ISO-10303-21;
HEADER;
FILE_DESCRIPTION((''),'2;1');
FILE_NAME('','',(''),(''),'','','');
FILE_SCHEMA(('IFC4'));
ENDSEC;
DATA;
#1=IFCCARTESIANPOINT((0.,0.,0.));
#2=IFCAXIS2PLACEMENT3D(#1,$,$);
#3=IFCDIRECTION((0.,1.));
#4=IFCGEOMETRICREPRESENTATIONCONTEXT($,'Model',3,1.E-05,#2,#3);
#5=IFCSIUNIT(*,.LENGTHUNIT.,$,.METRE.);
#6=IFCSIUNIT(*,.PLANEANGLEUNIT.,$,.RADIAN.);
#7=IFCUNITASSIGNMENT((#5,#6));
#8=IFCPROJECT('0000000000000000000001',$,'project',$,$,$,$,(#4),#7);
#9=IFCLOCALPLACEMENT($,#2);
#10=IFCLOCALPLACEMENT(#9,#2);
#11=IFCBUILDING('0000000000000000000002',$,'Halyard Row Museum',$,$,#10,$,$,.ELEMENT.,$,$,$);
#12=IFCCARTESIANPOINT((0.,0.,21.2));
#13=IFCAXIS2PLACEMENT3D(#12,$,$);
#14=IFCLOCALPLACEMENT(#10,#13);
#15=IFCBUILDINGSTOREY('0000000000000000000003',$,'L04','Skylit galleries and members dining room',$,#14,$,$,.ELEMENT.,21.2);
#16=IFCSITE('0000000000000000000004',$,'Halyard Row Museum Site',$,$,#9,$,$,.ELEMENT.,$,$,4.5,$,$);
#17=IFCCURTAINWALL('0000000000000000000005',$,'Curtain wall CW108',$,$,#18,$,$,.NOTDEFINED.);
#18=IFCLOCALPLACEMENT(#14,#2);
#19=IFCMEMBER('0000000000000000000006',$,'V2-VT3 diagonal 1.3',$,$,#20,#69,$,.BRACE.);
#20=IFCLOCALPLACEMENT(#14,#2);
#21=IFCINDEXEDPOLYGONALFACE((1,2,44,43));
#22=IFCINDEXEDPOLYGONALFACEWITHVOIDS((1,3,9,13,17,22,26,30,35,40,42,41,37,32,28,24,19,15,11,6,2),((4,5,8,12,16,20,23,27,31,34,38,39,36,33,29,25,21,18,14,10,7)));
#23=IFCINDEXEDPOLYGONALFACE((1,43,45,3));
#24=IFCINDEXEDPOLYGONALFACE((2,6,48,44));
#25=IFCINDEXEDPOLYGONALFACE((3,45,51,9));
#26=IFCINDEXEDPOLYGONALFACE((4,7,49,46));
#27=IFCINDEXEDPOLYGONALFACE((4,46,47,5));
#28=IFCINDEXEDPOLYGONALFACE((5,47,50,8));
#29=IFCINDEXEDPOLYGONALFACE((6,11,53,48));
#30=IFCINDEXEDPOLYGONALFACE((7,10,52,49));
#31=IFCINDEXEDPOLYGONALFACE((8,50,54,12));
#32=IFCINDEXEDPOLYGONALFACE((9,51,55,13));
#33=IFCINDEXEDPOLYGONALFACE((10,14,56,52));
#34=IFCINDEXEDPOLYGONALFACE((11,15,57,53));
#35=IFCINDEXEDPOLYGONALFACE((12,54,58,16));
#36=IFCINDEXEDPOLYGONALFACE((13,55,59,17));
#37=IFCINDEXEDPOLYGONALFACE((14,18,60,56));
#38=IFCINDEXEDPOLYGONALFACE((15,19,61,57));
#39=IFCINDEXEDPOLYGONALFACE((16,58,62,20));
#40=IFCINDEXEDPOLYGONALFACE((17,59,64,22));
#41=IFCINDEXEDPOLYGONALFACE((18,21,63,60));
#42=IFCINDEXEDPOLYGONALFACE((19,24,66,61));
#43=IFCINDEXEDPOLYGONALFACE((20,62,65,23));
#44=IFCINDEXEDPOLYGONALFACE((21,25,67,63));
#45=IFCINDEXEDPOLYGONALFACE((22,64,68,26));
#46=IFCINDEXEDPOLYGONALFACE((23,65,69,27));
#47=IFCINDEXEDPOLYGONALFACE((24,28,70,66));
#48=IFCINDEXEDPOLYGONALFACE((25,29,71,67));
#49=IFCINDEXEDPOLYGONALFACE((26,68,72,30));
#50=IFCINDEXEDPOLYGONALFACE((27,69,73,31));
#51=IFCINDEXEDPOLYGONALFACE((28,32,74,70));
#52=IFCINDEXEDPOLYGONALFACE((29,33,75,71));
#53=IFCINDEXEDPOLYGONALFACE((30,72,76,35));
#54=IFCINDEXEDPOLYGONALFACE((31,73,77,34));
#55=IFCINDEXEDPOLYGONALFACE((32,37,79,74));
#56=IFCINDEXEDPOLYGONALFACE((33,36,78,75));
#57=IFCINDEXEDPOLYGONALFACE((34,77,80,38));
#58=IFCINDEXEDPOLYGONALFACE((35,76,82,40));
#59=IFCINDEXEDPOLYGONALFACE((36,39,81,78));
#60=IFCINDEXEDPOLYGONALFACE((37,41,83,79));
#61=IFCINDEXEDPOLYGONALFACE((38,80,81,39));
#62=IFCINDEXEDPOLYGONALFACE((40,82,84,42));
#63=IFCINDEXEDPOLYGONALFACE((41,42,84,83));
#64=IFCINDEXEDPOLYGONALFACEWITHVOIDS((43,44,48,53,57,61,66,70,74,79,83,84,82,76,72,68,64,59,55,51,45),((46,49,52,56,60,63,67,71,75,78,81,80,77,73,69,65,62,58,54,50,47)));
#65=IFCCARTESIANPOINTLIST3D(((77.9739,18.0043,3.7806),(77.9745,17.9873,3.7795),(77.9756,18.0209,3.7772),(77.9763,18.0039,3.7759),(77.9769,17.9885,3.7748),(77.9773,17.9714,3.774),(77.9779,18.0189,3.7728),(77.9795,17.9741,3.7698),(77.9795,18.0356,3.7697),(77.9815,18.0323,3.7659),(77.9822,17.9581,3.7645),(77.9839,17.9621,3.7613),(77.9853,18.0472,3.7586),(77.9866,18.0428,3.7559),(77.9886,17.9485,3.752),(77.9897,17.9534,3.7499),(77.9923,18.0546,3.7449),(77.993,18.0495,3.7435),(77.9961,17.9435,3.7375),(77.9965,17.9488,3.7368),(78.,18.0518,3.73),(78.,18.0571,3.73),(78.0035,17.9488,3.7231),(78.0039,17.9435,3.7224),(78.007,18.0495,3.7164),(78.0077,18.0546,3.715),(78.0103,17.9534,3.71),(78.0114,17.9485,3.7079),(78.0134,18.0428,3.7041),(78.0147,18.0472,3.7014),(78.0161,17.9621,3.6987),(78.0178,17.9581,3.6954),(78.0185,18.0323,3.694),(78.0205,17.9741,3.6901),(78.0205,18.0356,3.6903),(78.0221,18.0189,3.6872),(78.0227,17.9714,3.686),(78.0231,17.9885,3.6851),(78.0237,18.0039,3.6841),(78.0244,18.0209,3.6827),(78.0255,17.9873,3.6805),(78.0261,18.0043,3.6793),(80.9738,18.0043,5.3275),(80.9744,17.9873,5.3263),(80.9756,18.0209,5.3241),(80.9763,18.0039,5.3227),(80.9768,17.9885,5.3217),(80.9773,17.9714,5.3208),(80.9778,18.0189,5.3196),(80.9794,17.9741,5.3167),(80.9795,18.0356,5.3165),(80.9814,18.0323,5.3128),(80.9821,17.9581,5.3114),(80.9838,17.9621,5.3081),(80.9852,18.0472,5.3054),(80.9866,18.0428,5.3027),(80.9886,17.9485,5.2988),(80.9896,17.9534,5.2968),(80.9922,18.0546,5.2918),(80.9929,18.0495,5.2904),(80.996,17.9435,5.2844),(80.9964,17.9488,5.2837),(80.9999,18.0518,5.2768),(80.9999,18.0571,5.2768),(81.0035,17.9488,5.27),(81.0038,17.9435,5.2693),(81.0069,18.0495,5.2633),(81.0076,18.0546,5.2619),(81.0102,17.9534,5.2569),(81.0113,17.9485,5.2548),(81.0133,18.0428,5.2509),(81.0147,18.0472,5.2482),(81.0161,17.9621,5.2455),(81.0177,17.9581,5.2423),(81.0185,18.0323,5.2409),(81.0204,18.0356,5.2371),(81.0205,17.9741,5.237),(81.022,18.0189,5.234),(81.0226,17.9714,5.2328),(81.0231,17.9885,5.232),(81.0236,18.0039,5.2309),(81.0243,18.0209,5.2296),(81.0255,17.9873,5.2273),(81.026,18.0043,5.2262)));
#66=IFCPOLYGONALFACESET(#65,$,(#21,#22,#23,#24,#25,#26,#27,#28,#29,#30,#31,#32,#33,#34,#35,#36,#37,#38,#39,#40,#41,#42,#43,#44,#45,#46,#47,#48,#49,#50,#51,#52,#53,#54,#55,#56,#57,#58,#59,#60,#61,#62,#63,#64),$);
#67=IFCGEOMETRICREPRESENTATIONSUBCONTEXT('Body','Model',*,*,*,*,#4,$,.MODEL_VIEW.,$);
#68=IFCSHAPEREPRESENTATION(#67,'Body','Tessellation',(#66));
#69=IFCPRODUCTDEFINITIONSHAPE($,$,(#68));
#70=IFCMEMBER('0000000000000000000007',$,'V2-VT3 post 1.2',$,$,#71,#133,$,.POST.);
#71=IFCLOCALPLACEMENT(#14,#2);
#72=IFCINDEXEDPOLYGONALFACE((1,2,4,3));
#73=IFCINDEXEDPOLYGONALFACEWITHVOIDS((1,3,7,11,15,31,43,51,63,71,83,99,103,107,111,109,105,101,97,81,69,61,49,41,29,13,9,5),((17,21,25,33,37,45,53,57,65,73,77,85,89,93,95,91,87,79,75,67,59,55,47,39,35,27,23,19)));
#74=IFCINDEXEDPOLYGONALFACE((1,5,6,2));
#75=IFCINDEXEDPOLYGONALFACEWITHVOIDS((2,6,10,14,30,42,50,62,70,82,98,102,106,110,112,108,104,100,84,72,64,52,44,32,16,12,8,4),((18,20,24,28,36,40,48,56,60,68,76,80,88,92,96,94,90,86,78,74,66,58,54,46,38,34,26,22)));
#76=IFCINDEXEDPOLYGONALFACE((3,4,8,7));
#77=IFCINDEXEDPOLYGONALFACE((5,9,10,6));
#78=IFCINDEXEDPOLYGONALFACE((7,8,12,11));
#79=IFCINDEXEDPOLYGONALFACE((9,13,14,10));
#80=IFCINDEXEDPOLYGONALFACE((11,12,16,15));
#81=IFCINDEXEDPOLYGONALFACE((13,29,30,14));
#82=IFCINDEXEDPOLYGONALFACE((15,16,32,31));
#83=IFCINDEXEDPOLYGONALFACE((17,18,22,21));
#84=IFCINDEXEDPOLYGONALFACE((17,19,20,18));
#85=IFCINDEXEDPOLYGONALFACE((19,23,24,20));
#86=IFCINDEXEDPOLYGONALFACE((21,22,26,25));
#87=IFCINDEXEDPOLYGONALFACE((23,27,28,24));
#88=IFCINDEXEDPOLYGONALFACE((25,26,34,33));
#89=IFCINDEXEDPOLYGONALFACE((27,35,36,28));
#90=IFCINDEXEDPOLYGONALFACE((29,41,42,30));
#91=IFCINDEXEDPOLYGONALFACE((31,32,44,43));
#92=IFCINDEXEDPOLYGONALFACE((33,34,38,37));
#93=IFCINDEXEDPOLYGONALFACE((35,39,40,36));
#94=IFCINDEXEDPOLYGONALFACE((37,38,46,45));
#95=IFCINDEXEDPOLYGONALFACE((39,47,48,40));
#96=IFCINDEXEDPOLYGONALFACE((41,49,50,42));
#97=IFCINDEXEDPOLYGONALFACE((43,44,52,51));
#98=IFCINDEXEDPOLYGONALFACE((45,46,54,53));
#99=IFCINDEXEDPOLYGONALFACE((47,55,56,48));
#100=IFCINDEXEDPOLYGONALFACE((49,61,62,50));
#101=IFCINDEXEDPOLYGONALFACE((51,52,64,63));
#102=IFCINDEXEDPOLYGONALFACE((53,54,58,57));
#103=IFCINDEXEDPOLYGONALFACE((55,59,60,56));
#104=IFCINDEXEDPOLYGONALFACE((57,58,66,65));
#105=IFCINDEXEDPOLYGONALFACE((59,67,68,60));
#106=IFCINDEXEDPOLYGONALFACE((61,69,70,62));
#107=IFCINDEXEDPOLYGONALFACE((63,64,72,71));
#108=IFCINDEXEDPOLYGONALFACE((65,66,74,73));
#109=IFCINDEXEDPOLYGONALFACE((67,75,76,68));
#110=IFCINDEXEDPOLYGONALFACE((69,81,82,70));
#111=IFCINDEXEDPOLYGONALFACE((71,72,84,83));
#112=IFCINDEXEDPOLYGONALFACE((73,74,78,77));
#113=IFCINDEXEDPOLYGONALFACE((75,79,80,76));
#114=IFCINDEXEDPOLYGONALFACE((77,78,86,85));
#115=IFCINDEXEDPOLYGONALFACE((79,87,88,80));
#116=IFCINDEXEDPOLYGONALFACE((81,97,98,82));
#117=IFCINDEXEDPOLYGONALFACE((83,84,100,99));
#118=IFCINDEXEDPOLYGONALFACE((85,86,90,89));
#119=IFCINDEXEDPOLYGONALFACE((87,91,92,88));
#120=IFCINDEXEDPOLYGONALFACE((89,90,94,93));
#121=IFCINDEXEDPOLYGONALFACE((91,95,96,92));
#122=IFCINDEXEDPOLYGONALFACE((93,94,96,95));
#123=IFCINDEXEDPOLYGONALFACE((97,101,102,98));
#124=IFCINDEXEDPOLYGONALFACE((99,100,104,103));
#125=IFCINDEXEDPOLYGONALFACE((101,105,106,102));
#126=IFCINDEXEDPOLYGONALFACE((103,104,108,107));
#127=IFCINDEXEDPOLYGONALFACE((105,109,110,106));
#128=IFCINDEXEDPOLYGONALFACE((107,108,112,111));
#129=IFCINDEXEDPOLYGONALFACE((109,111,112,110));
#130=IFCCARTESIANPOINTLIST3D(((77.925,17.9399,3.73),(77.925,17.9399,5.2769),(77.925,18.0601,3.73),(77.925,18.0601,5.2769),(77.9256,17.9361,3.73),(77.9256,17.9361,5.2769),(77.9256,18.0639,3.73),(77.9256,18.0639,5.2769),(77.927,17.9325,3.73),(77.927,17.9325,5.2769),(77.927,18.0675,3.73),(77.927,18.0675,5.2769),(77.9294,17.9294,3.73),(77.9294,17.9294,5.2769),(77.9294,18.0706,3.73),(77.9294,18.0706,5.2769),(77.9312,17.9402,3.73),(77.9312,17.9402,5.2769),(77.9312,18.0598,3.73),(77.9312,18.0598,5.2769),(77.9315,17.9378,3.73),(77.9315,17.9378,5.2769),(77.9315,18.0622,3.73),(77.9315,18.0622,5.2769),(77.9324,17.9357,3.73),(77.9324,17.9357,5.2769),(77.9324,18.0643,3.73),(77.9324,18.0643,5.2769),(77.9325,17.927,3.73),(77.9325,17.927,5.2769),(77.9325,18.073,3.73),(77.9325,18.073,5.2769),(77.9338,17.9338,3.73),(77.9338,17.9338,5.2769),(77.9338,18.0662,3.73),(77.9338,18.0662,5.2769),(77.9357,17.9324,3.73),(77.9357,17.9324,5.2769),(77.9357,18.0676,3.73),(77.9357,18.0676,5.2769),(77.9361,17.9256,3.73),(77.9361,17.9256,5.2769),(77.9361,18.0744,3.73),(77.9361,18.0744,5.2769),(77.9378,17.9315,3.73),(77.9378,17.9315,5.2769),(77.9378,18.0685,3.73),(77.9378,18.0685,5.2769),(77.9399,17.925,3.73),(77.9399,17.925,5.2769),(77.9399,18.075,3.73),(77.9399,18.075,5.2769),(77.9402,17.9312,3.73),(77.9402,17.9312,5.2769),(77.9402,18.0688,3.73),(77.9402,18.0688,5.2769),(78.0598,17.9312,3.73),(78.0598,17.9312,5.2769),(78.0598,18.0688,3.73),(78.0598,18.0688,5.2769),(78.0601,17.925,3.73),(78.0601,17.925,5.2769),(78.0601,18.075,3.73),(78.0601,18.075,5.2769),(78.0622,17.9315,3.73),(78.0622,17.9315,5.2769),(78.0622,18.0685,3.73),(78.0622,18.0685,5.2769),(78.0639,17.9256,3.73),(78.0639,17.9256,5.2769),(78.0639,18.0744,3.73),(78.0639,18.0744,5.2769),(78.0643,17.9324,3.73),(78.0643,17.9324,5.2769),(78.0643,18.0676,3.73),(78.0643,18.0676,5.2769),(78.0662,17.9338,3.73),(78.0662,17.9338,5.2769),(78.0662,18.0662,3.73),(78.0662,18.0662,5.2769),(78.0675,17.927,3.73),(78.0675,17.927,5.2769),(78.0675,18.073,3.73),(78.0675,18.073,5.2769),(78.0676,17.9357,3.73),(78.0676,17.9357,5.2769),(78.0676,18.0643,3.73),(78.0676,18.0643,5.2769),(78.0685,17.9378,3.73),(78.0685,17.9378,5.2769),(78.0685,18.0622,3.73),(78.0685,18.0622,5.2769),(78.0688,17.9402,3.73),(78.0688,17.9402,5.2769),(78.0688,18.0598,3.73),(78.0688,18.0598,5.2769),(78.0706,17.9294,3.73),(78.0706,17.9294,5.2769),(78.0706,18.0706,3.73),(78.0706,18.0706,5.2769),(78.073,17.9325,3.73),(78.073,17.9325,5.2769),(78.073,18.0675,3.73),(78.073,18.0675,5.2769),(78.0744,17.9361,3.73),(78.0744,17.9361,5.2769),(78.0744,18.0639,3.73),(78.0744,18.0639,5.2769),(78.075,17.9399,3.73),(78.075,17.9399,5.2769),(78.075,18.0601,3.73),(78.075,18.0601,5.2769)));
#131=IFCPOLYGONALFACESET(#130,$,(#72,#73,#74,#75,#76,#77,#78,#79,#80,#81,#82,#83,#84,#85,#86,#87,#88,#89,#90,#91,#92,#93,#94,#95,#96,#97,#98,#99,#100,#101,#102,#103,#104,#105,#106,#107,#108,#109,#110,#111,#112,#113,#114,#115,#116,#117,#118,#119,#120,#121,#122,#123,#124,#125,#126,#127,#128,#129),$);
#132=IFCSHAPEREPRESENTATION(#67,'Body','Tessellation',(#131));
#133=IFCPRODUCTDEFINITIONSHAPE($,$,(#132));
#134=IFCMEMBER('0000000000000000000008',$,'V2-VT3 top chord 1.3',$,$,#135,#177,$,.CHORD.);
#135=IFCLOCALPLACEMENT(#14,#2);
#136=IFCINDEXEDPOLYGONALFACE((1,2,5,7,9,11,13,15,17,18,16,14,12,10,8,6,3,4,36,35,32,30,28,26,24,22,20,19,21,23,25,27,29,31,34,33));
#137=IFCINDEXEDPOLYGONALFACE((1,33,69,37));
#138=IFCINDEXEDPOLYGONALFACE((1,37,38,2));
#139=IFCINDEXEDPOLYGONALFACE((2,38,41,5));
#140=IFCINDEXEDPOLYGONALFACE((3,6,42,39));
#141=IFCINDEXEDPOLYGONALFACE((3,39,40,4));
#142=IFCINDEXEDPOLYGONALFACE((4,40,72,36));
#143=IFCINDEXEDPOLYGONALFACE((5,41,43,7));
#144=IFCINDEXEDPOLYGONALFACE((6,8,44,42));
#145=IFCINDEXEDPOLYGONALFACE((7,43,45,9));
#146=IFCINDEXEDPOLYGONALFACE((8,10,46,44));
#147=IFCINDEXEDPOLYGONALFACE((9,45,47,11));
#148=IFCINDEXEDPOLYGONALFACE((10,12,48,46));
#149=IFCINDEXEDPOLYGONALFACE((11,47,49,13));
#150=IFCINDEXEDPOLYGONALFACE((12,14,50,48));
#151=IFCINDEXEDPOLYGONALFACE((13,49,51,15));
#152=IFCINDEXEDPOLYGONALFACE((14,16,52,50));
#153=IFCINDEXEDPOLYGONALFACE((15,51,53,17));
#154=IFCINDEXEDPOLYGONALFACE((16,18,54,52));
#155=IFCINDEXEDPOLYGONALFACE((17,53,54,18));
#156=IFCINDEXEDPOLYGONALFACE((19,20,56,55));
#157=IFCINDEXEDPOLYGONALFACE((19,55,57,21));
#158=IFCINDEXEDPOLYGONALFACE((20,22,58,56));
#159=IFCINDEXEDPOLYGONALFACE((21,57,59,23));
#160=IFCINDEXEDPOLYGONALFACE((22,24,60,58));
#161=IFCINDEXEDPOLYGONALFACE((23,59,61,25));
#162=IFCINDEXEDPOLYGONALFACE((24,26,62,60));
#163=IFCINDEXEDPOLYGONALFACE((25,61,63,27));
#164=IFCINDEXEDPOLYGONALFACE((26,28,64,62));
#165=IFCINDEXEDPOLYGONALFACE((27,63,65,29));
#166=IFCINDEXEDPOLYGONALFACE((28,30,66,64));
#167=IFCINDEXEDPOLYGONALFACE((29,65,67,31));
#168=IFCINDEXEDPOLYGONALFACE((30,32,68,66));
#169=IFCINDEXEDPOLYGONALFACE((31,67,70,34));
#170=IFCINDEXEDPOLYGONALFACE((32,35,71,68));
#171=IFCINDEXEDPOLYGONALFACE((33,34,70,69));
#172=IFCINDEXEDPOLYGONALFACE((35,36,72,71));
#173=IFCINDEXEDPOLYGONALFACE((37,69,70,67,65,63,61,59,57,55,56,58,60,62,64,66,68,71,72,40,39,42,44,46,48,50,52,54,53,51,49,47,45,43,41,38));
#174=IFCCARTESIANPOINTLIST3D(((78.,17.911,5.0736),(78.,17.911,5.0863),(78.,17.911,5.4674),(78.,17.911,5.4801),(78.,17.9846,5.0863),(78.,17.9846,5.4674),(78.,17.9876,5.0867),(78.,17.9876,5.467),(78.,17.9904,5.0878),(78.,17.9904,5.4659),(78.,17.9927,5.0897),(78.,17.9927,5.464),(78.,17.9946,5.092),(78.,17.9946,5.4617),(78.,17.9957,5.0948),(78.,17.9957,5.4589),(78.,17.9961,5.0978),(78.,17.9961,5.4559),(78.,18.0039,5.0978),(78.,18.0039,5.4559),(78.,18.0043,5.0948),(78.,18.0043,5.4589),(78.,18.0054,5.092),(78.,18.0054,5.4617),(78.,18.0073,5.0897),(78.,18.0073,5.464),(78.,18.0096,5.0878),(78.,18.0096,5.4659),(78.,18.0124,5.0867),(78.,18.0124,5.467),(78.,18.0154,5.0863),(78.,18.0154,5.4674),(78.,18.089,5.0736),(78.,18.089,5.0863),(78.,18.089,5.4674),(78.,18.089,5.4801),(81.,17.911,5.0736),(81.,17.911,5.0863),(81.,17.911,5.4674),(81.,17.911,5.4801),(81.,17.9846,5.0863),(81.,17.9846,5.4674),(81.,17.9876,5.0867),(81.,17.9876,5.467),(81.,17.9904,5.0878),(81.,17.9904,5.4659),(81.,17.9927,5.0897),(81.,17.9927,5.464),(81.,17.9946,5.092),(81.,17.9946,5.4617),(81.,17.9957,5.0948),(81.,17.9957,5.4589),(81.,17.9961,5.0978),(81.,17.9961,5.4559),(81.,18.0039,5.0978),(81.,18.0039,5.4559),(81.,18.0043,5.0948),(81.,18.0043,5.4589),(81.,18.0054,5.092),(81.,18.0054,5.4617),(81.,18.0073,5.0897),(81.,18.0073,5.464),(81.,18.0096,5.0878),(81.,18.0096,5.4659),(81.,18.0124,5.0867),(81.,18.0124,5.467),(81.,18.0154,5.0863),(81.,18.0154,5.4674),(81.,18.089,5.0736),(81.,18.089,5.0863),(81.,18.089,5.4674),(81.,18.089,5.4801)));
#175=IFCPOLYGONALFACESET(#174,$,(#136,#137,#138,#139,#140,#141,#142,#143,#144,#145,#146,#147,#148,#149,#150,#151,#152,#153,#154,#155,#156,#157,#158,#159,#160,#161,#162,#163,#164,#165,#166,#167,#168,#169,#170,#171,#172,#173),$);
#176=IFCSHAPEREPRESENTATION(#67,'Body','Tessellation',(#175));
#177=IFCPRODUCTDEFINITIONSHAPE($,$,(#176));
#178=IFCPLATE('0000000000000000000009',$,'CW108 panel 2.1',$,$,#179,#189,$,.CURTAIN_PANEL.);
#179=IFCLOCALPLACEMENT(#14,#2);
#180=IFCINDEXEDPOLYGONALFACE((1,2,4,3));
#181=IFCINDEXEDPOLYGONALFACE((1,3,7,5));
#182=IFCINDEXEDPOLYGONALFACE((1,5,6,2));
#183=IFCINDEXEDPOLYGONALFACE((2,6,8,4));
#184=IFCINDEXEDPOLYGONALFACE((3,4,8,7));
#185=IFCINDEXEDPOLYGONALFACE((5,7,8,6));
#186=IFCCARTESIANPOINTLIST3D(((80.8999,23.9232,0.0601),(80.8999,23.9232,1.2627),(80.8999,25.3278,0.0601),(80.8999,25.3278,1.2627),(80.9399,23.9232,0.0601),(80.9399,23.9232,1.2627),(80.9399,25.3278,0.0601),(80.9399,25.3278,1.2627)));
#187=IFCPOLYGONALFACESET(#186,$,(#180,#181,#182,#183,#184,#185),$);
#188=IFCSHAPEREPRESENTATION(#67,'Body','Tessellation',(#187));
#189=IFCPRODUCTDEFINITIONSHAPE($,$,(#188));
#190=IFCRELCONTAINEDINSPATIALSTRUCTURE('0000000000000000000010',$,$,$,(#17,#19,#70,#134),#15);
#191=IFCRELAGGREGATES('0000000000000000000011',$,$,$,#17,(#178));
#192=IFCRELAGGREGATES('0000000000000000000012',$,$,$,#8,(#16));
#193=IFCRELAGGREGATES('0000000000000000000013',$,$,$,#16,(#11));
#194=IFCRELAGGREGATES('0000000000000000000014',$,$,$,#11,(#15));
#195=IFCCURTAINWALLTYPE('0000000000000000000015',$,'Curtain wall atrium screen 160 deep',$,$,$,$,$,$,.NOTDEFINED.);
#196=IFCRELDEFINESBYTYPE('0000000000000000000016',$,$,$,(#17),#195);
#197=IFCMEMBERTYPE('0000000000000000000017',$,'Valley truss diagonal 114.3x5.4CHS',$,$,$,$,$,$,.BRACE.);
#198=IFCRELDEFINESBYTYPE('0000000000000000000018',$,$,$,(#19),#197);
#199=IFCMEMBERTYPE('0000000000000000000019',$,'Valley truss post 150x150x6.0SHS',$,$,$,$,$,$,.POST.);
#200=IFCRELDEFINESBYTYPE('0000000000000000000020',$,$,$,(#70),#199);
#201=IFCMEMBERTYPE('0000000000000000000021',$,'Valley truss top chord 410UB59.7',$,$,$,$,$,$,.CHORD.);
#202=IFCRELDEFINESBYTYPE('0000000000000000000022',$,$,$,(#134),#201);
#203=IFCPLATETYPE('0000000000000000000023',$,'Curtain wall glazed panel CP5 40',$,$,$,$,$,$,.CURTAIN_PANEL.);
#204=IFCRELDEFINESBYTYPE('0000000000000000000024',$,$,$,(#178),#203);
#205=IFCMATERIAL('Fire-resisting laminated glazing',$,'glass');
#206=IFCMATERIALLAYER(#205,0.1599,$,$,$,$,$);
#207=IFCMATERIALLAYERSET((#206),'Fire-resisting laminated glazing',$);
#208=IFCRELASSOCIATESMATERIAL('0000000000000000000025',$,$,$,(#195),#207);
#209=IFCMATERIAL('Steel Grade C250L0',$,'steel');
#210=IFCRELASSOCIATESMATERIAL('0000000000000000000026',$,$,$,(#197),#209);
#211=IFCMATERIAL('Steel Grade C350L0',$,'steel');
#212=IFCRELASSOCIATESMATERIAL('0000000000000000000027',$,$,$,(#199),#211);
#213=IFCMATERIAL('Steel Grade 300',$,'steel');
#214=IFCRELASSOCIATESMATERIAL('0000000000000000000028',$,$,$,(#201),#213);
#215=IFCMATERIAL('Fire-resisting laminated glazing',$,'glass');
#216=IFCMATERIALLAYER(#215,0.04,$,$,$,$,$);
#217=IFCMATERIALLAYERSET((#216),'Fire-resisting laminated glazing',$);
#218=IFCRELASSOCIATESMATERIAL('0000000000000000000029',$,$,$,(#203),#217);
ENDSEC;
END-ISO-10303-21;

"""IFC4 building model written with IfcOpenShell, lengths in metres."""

from ifc_helpers import new_model, si_unit, direction, frame, origin, origin_2d, place, context, subcontext, project, spatial, rectangle, hollow_rectangle, hollow_circle, i_section, extrude, material, layer, layer_set, material_profile, profile_set, type_object, element, aggregate, save


model = new_model("IFC4")

# Units and contexts
model_context = context("Model", 3, precision=1e-05, world=origin(), true_north=direction((0.0, 1.0)))
body_context = subcontext(model_context, "Body", "Model", "MODEL_VIEW")
ifc_project = project(units=[si_unit("LENGTHUNIT", "METRE"), si_unit("PLANEANGLEUNIT", "RADIAN")], contexts=[model_context])

# Site, building, storey
site_placement = place(None, origin())
site = spatial("IfcSite", under=ifc_project, at=site_placement, Name="Halyard Row Museum Site", CompositionType="ELEMENT", RefElevation=4.5)
building_placement = place(site_placement, origin())
building = spatial("IfcBuilding", under=site, at=building_placement, Name="Halyard Row Museum", CompositionType="ELEMENT")
storey_placement = place(building_placement, frame((0.0, 0.0, 21.2)))
storey = spatial("IfcBuildingStorey", under=building, at=storey_placement, Name="L04", Description="Skylit galleries and members dining room", CompositionType="ELEMENT", Elevation=21.2)

# Curtain wall
ifc_material_1 = material(Name="Fire-resisting laminated glazing", Category="glass")
ifc_layer_1 = layer(ifc_material_1, 0.1599)
ifc_layer_set_1 = layer_set([ifc_layer_1], Name="Fire-resisting laminated glazing")
curtain_wall_type = type_object("IfcCurtainWallType", Name="Curtain wall atrium screen 160 deep", PredefinedType="NOTDEFINED", material=ifc_layer_set_1)
curtain_wall_placement = place(storey_placement, origin())
curtain_wall = element("IfcCurtainWall", 1, at=curtain_wall_placement, inside=storey, type_object=curtain_wall_type, Name="Curtain wall CW108", PredefinedType="NOTDEFINED")

# Members
ifc_material_2 = material(Name="Steel Grade C250L0", Category="steel")
ifc_material_profile_1 = material_profile(ifc_material_2, hollow_circle(Radius=0.0571, WallThickness=0.0054, at=origin_2d()), Name="114.3x5.4CHS")
ifc_profile_set_1 = profile_set([ifc_material_profile_1], Name="Steel Grade C250L0")
member_type_1 = type_object("IfcMemberType", Name="Valley truss diagonal 114.3x5.4CHS", PredefinedType="BRACE", material=ifc_profile_set_1)
member_1_placement = place(storey_placement, frame((78.0, 18.0, 3.73), z_axis=(0.888803, 0.0, 0.458289), x_axis=(0.0, 1.0, 0.0)))
element("IfcMember", 2, at=member_1_placement, inside=storey, type_object=member_type_1, Name="V2-VT3 diagonal 1.3", PredefinedType="BRACE", context=body_context, shape_type="SweptSolid", body=[
    extrude(hollow_circle(Radius=0.0571, WallThickness=0.0054, at=origin_2d()), origin(), (0.0, 0.0, 1.0), 3.3752),
])
ifc_material_3 = material(Name="Steel Grade C350L0", Category="steel")
ifc_material_profile_2 = material_profile(ifc_material_3, hollow_rectangle(XDim=0.1499, YDim=0.1499, WallThickness=0.0061, InnerFilletRadius=0.009, OuterFilletRadius=0.0149, at=origin_2d()), Name="150x150x6.0SHS")
ifc_profile_set_2 = profile_set([ifc_material_profile_2], Name="Steel Grade C350L0")
member_type_2 = type_object("IfcMemberType", Name="Valley truss post 150x150x6.0SHS", PredefinedType="POST", material=ifc_profile_set_2)
member_2_placement = place(storey_placement, frame((78.0, 18.0, 3.73), z_axis=(0.0, 0.0, 1.0), x_axis=(1.0, 0.0, 0.0)))
element("IfcMember", 3, at=member_2_placement, inside=storey, type_object=member_type_2, Name="V2-VT3 post 1.2", PredefinedType="POST", context=body_context, shape_type="SweptSolid", body=[
    extrude(hollow_rectangle(XDim=0.1499, YDim=0.1499, WallThickness=0.0061, InnerFilletRadius=0.009, OuterFilletRadius=0.0149, at=origin_2d()), origin(), (0.0, 0.0, 1.0), 1.5469),
])
ifc_material_4 = material(Name="Steel Grade 300", Category="steel")
ifc_material_profile_3 = material_profile(ifc_material_4, i_section(OverallWidth=0.178, OverallDepth=0.4065, WebThickness=0.0078, FlangeThickness=0.0127, FilletRadius=0.0115, at=origin_2d()), Name="410UB59.7")
ifc_profile_set_3 = profile_set([ifc_material_profile_3], Name="Steel Grade 300")
member_type_3 = type_object("IfcMemberType", Name="Valley truss top chord 410UB59.7", PredefinedType="CHORD", material=ifc_profile_set_3)
member_3_placement = place(storey_placement, frame((78.0, 18.0, 5.2769), z_axis=(1.0, 0.0, 0.0), x_axis=(0.0, 1.0, 0.0)))
element("IfcMember", 4, at=member_3_placement, inside=storey, type_object=member_type_3, Name="V2-VT3 top chord 1.3", PredefinedType="CHORD", context=body_context, shape_type="SweptSolid", body=[
    extrude(i_section(OverallWidth=0.178, OverallDepth=0.4065, WebThickness=0.0078, FlangeThickness=0.0127, FilletRadius=0.0115, at=origin_2d()), origin(), (0.0, 0.0, 1.0), 3.0),
])

# Plate
ifc_material_5 = material(Name="Fire-resisting laminated glazing", Category="glass")
ifc_layer_2 = layer(ifc_material_5, 0.04)
ifc_layer_set_2 = layer_set([ifc_layer_2], Name="Fire-resisting laminated glazing")
plate_type = type_object("IfcPlateType", Name="Curtain wall glazed panel CP5 40", PredefinedType="CURTAIN_PANEL", material=ifc_layer_set_2)
plate_1_placement = place(storey_placement, frame((80.9199, 24.6255, 0.0601), z_axis=(0.0, 0.0, 1.0), x_axis=(0.0, -1.0, 0.0)))
plate_1 = element("IfcPlate", 5, at=plate_1_placement, type_object=plate_type, Name="CW108 panel 2.1", PredefinedType="CURTAIN_PANEL", context=body_context, shape_type="SweptSolid", body=[
    extrude(rectangle(XDim=1.4045, YDim=0.04, at=origin_2d()), origin(), (0.0, 0.0, 1.0), 1.2026),
])
aggregate(curtain_wall, [plate_1])

save(model, "model.ifc")
